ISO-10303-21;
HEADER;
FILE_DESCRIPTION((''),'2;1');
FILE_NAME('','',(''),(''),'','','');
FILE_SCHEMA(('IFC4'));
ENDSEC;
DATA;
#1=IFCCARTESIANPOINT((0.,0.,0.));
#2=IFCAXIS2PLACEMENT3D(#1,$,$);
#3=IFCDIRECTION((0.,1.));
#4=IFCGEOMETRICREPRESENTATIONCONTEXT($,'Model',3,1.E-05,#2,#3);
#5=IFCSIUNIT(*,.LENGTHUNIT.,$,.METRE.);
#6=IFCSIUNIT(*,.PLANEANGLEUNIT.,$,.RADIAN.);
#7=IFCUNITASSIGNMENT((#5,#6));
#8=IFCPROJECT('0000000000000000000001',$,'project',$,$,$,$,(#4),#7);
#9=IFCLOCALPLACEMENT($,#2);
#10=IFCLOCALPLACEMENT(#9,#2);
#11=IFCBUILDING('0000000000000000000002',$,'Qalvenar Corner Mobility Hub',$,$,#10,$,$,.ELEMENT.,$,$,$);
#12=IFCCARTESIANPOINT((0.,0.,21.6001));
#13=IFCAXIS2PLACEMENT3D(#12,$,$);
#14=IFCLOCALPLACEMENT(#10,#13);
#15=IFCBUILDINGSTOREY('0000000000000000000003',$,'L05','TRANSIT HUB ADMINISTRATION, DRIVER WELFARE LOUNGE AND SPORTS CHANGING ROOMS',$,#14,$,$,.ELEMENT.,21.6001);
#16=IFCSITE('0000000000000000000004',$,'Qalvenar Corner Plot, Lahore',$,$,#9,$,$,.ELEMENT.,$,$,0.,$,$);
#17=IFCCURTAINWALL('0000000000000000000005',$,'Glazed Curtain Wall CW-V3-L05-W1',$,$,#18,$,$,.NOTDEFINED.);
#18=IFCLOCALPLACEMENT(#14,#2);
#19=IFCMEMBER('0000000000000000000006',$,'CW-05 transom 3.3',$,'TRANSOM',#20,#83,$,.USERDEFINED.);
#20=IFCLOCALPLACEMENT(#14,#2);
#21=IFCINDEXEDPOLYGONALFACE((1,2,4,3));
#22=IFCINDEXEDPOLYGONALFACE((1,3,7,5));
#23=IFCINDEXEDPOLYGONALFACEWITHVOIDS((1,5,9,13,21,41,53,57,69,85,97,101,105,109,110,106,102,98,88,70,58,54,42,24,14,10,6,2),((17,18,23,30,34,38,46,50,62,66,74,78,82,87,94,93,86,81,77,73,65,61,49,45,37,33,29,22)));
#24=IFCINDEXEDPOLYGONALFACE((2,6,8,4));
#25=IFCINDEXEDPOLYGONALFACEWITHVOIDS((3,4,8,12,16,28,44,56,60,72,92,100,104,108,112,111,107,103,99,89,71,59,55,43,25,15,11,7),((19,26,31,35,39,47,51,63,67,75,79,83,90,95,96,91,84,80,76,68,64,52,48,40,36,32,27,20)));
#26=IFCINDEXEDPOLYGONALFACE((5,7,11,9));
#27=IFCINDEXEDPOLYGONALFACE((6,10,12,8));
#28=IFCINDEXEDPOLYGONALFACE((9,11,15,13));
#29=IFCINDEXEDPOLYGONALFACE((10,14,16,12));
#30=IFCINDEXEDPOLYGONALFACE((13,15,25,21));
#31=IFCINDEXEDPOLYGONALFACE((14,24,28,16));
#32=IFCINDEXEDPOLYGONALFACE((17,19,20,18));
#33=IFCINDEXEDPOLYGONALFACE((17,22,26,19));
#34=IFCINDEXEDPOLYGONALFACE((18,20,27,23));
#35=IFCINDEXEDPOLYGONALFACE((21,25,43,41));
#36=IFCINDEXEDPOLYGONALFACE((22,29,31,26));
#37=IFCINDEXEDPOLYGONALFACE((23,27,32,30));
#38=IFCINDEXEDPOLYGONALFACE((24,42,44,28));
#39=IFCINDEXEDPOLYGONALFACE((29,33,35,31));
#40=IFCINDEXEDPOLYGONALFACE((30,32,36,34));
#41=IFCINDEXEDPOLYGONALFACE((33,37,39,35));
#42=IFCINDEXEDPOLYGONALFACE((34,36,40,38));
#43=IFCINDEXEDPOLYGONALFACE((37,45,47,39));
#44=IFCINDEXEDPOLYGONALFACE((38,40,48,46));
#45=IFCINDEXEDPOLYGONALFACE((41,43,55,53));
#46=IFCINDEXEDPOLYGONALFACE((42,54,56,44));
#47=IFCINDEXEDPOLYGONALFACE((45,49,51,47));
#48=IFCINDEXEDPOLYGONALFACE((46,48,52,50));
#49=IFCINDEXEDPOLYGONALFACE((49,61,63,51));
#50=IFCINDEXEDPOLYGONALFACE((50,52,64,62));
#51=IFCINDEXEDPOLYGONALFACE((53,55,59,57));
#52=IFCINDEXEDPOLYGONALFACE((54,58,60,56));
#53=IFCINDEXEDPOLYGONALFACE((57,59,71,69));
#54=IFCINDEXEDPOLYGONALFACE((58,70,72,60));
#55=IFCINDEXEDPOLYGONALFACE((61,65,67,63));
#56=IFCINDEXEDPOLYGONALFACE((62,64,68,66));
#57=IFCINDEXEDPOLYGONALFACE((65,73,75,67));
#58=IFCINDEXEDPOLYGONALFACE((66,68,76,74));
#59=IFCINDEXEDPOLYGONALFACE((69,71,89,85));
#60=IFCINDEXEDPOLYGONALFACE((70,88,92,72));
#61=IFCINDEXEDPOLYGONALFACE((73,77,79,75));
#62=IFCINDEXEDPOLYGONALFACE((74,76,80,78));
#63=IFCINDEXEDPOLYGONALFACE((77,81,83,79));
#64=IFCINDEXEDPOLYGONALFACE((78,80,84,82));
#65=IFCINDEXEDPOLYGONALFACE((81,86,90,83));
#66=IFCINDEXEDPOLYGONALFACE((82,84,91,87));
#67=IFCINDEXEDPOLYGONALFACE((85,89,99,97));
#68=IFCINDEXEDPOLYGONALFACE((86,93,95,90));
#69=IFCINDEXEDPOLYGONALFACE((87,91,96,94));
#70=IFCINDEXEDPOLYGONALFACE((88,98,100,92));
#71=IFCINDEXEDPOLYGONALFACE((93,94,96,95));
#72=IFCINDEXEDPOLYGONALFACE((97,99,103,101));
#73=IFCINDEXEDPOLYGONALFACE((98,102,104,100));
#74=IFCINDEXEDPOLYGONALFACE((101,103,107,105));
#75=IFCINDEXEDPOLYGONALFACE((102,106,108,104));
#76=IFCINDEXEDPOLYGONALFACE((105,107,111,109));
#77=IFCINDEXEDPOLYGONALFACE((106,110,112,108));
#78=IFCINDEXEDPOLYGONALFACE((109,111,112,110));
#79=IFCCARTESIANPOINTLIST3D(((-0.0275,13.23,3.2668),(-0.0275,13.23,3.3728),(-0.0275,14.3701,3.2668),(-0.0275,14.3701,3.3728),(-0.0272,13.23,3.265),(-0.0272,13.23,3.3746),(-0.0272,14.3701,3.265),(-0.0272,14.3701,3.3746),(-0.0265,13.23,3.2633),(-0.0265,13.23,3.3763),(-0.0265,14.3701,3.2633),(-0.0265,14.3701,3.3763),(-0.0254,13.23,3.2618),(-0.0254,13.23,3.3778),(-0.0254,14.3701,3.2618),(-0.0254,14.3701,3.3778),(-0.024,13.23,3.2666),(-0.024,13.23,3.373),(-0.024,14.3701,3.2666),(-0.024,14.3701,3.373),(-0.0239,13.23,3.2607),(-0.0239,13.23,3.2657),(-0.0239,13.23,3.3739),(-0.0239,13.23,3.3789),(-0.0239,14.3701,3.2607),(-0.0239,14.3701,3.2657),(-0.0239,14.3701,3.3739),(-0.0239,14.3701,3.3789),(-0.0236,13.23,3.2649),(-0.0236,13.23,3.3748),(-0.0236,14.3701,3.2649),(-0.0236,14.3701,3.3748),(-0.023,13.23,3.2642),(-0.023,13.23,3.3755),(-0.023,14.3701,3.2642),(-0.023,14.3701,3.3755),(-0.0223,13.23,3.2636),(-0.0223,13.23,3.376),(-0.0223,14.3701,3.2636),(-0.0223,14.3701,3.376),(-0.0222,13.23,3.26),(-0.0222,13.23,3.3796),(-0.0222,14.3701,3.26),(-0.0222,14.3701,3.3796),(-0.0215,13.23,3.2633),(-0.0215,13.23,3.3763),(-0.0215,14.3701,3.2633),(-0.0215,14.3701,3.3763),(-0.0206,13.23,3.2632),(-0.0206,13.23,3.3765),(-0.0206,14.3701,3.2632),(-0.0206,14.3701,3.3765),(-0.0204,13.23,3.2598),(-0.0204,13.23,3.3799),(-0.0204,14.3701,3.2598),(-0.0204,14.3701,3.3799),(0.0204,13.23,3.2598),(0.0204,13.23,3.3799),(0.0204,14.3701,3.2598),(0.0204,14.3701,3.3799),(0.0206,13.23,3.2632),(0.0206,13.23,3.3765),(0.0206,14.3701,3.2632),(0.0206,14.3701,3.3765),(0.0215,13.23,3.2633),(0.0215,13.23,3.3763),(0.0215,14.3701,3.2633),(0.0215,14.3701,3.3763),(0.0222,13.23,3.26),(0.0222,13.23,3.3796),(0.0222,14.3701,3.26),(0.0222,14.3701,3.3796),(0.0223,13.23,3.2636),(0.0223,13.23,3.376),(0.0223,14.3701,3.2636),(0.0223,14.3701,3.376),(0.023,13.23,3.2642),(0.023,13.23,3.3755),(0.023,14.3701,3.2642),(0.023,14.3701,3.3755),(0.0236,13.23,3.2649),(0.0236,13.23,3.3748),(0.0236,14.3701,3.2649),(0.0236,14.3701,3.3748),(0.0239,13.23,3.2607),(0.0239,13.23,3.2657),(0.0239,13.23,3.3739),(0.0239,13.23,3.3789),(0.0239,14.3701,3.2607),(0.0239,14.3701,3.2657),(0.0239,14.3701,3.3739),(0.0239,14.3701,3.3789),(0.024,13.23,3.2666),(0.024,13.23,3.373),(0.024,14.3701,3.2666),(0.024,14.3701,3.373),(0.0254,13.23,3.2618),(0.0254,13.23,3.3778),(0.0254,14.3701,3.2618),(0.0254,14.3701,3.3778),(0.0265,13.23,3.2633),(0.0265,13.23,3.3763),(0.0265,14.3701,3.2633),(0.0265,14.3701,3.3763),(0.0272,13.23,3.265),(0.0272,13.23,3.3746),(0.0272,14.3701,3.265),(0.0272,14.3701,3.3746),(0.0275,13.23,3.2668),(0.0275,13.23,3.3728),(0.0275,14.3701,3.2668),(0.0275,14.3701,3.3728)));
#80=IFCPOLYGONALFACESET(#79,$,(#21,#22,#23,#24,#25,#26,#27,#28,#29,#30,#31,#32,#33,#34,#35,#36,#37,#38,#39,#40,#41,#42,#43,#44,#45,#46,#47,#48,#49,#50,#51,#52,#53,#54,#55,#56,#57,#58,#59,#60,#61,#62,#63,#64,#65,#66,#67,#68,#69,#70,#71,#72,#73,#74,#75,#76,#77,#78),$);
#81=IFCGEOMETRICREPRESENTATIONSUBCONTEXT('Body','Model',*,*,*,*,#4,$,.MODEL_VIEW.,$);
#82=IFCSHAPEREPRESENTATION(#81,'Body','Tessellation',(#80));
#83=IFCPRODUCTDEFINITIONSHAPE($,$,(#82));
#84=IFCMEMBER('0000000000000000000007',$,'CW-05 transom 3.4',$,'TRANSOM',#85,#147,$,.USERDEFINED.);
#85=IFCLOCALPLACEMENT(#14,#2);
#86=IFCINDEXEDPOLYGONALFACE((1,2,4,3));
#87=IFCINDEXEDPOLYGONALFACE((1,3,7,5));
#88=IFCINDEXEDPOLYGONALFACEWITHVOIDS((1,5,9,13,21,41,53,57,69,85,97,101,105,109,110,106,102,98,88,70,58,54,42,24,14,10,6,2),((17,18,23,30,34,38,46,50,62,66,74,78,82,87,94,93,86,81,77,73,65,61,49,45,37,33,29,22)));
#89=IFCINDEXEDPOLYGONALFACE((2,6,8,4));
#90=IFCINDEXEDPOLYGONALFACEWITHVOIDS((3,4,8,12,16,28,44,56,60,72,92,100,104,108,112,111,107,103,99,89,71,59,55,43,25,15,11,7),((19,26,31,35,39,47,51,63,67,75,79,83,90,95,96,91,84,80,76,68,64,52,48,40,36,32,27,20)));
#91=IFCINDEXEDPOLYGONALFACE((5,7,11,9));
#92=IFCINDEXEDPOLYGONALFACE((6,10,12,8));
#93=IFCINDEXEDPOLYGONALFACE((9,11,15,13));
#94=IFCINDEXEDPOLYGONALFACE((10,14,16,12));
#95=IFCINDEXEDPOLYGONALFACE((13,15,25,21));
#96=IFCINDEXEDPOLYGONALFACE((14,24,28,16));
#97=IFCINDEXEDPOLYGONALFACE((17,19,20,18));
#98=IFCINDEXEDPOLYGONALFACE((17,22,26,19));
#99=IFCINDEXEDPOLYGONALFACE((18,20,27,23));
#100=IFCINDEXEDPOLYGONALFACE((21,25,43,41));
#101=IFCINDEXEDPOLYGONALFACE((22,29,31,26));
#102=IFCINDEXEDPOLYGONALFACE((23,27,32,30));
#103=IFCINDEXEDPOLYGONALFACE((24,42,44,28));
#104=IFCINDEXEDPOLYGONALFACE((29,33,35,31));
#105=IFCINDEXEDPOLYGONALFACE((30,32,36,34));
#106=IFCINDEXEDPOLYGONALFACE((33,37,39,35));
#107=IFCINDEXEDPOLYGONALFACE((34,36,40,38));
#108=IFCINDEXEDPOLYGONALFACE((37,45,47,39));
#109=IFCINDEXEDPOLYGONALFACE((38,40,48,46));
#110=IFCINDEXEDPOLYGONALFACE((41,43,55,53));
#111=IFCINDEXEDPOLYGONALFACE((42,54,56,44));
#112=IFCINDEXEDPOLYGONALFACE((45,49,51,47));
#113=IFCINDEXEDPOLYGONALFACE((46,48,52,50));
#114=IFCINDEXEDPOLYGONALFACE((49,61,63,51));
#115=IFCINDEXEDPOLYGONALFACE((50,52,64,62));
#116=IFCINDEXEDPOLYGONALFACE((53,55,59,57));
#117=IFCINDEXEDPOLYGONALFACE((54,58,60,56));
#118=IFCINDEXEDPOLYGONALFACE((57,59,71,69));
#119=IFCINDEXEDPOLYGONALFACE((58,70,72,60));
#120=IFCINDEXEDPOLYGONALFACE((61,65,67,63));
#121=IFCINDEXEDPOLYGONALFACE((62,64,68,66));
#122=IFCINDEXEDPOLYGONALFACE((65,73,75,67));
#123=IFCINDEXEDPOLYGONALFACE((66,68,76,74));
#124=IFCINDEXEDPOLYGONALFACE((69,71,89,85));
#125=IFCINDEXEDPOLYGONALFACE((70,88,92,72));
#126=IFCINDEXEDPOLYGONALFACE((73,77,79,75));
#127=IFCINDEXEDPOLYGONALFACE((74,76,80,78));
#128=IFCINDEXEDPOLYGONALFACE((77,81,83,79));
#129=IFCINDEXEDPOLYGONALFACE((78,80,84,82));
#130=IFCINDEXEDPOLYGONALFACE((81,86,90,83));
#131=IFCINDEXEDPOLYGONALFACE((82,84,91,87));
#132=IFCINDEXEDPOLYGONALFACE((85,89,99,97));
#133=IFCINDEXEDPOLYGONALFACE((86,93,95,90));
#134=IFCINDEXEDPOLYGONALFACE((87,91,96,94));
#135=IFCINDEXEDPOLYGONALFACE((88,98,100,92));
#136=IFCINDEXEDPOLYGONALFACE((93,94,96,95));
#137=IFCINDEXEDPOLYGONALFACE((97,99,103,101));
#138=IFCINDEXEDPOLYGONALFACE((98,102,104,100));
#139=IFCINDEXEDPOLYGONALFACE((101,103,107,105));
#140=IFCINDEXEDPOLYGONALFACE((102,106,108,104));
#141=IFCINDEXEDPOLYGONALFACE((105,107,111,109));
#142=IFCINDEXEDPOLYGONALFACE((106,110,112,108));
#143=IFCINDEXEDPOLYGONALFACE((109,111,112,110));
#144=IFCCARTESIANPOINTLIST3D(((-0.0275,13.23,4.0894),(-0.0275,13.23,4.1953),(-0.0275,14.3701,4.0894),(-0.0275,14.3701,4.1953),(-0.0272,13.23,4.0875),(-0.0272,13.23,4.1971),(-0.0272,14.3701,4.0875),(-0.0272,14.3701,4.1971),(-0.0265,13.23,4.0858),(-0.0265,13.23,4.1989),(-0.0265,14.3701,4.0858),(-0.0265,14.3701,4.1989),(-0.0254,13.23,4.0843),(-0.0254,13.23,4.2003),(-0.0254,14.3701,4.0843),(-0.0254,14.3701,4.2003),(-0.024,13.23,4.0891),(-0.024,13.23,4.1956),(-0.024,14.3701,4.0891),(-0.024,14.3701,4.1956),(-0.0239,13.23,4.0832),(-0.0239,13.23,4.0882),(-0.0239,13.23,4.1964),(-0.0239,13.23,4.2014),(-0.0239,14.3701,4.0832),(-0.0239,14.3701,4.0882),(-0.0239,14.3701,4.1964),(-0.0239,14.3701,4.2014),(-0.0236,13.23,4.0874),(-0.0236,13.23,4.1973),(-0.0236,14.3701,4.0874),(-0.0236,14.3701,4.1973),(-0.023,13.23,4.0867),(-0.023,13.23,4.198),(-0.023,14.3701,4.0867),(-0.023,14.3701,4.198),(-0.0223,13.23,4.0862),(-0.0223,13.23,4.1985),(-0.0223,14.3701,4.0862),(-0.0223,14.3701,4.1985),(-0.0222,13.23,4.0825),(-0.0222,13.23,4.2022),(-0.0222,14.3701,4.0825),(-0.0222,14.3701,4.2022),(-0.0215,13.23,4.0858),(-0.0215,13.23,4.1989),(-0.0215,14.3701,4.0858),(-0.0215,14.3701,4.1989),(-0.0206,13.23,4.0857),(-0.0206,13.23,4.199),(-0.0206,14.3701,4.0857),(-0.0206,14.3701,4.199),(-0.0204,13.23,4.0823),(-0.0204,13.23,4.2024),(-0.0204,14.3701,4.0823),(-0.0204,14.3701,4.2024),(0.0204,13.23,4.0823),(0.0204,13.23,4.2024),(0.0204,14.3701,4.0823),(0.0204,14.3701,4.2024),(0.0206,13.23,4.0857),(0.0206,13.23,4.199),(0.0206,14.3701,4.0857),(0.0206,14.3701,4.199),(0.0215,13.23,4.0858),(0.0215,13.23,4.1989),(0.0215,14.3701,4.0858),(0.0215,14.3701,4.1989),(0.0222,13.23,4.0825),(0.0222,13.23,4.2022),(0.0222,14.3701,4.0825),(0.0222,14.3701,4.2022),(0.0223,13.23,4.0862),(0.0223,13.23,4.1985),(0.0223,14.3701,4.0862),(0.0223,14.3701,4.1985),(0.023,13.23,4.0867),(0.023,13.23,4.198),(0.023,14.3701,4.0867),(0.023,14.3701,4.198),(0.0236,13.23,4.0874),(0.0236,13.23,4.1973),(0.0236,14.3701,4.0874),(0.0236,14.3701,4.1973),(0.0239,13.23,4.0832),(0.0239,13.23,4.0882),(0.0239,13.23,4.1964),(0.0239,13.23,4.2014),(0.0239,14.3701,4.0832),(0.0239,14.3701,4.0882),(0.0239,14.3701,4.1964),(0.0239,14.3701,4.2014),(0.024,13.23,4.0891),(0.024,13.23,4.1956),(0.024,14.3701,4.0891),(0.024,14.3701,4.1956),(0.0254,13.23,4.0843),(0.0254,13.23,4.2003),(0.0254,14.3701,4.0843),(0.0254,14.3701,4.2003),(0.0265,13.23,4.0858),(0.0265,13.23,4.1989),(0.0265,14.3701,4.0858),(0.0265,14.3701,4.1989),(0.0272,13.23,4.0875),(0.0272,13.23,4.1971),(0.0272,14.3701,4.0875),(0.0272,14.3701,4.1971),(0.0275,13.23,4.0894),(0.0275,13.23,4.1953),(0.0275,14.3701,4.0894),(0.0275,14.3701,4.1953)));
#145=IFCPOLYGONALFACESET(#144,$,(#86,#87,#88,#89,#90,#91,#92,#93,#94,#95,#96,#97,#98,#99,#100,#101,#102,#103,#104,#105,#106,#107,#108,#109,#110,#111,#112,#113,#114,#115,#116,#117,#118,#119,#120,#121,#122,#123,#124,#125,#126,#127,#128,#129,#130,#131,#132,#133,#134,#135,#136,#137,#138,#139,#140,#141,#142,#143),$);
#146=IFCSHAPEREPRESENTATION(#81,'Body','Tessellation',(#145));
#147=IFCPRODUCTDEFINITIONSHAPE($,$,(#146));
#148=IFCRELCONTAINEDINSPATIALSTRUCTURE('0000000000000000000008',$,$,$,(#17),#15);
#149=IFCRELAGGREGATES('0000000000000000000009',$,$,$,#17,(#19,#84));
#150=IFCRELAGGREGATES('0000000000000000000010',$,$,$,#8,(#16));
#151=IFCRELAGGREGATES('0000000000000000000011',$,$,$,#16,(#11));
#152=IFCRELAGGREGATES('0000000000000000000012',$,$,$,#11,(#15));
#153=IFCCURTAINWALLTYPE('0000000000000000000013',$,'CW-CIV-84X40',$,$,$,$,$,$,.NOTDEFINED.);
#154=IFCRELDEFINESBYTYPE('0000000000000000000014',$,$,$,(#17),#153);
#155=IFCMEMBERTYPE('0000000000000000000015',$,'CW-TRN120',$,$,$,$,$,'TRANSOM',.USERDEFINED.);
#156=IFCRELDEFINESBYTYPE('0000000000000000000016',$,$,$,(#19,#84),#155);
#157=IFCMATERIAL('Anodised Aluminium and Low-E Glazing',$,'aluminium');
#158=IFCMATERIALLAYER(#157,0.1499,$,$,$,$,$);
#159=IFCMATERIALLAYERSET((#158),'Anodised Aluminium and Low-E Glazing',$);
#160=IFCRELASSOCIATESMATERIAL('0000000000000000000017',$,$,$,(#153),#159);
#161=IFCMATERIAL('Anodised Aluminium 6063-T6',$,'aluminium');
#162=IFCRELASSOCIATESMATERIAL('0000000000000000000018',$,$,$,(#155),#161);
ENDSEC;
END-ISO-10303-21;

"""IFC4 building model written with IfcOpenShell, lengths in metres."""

from ifc_helpers import new_model, si_unit, direction, frame, origin, origin_2d, place, context, subcontext, project, spatial, hollow_rectangle, extrude, material, layer, layer_set, material_profile, profile_set, type_object, element, aggregate, save


model = new_model("IFC4")

# Units and contexts
model_context = context("Model", 3, precision=1e-05, world=origin(), true_north=direction((0.0, 1.0)))
body_context = subcontext(model_context, "Body", "Model", "MODEL_VIEW")
ifc_project = project(units=[si_unit("LENGTHUNIT", "METRE"), si_unit("PLANEANGLEUNIT", "RADIAN")], contexts=[model_context])

# Site, building, storey
site_placement = place(None, origin())
site = spatial("IfcSite", under=ifc_project, at=site_placement, Name="Qalvenar Corner Plot, Lahore", CompositionType="ELEMENT", RefElevation=0.0)
building_placement = place(site_placement, origin())
building = spatial("IfcBuilding", under=site, at=building_placement, Name="Qalvenar Corner Mobility Hub", CompositionType="ELEMENT")
storey_placement = place(building_placement, frame((0.0, 0.0, 21.6001)))
storey = spatial("IfcBuildingStorey", under=building, at=storey_placement, Name="L05", Description="TRANSIT HUB ADMINISTRATION, DRIVER WELFARE LOUNGE AND SPORTS CHANGING ROOMS", CompositionType="ELEMENT", Elevation=21.6001)

# Curtain wall
ifc_material_1 = material(Name="Anodised Aluminium and Low-E Glazing", Category="aluminium")
ifc_layer_1 = layer(ifc_material_1, 0.1499)
ifc_layer_set_1 = layer_set([ifc_layer_1], Name="Anodised Aluminium and Low-E Glazing")
curtain_wall_type = type_object("IfcCurtainWallType", Name="CW-CIV-84X40", PredefinedType="NOTDEFINED", material=ifc_layer_set_1)
curtain_wall_1_placement = place(storey_placement, origin())
curtain_wall_1 = element("IfcCurtainWall", 1, at=curtain_wall_1_placement, inside=storey, type_object=curtain_wall_type, Name="Glazed Curtain Wall CW-V3-L05-W1", PredefinedType="NOTDEFINED")
ifc_material_2 = material(Name="Anodised Aluminium 6063-T6", Category="aluminium")

# Members
ifc_material_profile_1 = material_profile(ifc_material_2, hollow_rectangle(XDim=0.0549, YDim=0.1201, WallThickness=0.0034, InnerFilletRadius=0.0034, OuterFilletRadius=0.0071, at=origin_2d()), Name="RHS120x55x3.5")
ifc_profile_set_1 = profile_set([ifc_material_profile_1], Name="Anodised Aluminium 6063-T6")
member_type_1 = type_object("IfcMemberType", Name="CW-TRN120", ElementType="TRANSOM", PredefinedType="USERDEFINED", material=ifc_profile_set_1)
member_1_placement = place(storey_placement, frame((0.0, 14.3701, 3.3198), z_axis=(0.0, -1.0, 0.0), x_axis=(1.0, 0.0, 0.0)))
member_1 = element("IfcMember", 2, at=member_1_placement, type_object=member_type_1, Name="CW-05 transom 3.3", ObjectType="TRANSOM", PredefinedType="USERDEFINED", context=body_context, shape_type="SweptSolid", body=[
    extrude(hollow_rectangle(XDim=0.0549, YDim=0.1201, WallThickness=0.0034, InnerFilletRadius=0.0034, OuterFilletRadius=0.0071, at=origin_2d()), origin(), (0.0, 0.0, 1.0), 1.1401),
])
member_2_placement = place(storey_placement, frame((0.0, 14.3701, 4.1423), z_axis=(0.0, -1.0, 0.0), x_axis=(1.0, 0.0, 0.0)))
member_2 = element("IfcMember", 3, at=member_2_placement, type_object=member_type_1, Name="CW-05 transom 3.4", ObjectType="TRANSOM", PredefinedType="USERDEFINED", context=body_context, shape_type="SweptSolid", body=[
    extrude(hollow_rectangle(XDim=0.0549, YDim=0.1201, WallThickness=0.0034, InnerFilletRadius=0.0034, OuterFilletRadius=0.0071, at=origin_2d()), origin(), (0.0, 0.0, 1.0), 1.1401),
])

aggregate(curtain_wall_1, [member_1, member_2])

save(model, "model.ifc")
